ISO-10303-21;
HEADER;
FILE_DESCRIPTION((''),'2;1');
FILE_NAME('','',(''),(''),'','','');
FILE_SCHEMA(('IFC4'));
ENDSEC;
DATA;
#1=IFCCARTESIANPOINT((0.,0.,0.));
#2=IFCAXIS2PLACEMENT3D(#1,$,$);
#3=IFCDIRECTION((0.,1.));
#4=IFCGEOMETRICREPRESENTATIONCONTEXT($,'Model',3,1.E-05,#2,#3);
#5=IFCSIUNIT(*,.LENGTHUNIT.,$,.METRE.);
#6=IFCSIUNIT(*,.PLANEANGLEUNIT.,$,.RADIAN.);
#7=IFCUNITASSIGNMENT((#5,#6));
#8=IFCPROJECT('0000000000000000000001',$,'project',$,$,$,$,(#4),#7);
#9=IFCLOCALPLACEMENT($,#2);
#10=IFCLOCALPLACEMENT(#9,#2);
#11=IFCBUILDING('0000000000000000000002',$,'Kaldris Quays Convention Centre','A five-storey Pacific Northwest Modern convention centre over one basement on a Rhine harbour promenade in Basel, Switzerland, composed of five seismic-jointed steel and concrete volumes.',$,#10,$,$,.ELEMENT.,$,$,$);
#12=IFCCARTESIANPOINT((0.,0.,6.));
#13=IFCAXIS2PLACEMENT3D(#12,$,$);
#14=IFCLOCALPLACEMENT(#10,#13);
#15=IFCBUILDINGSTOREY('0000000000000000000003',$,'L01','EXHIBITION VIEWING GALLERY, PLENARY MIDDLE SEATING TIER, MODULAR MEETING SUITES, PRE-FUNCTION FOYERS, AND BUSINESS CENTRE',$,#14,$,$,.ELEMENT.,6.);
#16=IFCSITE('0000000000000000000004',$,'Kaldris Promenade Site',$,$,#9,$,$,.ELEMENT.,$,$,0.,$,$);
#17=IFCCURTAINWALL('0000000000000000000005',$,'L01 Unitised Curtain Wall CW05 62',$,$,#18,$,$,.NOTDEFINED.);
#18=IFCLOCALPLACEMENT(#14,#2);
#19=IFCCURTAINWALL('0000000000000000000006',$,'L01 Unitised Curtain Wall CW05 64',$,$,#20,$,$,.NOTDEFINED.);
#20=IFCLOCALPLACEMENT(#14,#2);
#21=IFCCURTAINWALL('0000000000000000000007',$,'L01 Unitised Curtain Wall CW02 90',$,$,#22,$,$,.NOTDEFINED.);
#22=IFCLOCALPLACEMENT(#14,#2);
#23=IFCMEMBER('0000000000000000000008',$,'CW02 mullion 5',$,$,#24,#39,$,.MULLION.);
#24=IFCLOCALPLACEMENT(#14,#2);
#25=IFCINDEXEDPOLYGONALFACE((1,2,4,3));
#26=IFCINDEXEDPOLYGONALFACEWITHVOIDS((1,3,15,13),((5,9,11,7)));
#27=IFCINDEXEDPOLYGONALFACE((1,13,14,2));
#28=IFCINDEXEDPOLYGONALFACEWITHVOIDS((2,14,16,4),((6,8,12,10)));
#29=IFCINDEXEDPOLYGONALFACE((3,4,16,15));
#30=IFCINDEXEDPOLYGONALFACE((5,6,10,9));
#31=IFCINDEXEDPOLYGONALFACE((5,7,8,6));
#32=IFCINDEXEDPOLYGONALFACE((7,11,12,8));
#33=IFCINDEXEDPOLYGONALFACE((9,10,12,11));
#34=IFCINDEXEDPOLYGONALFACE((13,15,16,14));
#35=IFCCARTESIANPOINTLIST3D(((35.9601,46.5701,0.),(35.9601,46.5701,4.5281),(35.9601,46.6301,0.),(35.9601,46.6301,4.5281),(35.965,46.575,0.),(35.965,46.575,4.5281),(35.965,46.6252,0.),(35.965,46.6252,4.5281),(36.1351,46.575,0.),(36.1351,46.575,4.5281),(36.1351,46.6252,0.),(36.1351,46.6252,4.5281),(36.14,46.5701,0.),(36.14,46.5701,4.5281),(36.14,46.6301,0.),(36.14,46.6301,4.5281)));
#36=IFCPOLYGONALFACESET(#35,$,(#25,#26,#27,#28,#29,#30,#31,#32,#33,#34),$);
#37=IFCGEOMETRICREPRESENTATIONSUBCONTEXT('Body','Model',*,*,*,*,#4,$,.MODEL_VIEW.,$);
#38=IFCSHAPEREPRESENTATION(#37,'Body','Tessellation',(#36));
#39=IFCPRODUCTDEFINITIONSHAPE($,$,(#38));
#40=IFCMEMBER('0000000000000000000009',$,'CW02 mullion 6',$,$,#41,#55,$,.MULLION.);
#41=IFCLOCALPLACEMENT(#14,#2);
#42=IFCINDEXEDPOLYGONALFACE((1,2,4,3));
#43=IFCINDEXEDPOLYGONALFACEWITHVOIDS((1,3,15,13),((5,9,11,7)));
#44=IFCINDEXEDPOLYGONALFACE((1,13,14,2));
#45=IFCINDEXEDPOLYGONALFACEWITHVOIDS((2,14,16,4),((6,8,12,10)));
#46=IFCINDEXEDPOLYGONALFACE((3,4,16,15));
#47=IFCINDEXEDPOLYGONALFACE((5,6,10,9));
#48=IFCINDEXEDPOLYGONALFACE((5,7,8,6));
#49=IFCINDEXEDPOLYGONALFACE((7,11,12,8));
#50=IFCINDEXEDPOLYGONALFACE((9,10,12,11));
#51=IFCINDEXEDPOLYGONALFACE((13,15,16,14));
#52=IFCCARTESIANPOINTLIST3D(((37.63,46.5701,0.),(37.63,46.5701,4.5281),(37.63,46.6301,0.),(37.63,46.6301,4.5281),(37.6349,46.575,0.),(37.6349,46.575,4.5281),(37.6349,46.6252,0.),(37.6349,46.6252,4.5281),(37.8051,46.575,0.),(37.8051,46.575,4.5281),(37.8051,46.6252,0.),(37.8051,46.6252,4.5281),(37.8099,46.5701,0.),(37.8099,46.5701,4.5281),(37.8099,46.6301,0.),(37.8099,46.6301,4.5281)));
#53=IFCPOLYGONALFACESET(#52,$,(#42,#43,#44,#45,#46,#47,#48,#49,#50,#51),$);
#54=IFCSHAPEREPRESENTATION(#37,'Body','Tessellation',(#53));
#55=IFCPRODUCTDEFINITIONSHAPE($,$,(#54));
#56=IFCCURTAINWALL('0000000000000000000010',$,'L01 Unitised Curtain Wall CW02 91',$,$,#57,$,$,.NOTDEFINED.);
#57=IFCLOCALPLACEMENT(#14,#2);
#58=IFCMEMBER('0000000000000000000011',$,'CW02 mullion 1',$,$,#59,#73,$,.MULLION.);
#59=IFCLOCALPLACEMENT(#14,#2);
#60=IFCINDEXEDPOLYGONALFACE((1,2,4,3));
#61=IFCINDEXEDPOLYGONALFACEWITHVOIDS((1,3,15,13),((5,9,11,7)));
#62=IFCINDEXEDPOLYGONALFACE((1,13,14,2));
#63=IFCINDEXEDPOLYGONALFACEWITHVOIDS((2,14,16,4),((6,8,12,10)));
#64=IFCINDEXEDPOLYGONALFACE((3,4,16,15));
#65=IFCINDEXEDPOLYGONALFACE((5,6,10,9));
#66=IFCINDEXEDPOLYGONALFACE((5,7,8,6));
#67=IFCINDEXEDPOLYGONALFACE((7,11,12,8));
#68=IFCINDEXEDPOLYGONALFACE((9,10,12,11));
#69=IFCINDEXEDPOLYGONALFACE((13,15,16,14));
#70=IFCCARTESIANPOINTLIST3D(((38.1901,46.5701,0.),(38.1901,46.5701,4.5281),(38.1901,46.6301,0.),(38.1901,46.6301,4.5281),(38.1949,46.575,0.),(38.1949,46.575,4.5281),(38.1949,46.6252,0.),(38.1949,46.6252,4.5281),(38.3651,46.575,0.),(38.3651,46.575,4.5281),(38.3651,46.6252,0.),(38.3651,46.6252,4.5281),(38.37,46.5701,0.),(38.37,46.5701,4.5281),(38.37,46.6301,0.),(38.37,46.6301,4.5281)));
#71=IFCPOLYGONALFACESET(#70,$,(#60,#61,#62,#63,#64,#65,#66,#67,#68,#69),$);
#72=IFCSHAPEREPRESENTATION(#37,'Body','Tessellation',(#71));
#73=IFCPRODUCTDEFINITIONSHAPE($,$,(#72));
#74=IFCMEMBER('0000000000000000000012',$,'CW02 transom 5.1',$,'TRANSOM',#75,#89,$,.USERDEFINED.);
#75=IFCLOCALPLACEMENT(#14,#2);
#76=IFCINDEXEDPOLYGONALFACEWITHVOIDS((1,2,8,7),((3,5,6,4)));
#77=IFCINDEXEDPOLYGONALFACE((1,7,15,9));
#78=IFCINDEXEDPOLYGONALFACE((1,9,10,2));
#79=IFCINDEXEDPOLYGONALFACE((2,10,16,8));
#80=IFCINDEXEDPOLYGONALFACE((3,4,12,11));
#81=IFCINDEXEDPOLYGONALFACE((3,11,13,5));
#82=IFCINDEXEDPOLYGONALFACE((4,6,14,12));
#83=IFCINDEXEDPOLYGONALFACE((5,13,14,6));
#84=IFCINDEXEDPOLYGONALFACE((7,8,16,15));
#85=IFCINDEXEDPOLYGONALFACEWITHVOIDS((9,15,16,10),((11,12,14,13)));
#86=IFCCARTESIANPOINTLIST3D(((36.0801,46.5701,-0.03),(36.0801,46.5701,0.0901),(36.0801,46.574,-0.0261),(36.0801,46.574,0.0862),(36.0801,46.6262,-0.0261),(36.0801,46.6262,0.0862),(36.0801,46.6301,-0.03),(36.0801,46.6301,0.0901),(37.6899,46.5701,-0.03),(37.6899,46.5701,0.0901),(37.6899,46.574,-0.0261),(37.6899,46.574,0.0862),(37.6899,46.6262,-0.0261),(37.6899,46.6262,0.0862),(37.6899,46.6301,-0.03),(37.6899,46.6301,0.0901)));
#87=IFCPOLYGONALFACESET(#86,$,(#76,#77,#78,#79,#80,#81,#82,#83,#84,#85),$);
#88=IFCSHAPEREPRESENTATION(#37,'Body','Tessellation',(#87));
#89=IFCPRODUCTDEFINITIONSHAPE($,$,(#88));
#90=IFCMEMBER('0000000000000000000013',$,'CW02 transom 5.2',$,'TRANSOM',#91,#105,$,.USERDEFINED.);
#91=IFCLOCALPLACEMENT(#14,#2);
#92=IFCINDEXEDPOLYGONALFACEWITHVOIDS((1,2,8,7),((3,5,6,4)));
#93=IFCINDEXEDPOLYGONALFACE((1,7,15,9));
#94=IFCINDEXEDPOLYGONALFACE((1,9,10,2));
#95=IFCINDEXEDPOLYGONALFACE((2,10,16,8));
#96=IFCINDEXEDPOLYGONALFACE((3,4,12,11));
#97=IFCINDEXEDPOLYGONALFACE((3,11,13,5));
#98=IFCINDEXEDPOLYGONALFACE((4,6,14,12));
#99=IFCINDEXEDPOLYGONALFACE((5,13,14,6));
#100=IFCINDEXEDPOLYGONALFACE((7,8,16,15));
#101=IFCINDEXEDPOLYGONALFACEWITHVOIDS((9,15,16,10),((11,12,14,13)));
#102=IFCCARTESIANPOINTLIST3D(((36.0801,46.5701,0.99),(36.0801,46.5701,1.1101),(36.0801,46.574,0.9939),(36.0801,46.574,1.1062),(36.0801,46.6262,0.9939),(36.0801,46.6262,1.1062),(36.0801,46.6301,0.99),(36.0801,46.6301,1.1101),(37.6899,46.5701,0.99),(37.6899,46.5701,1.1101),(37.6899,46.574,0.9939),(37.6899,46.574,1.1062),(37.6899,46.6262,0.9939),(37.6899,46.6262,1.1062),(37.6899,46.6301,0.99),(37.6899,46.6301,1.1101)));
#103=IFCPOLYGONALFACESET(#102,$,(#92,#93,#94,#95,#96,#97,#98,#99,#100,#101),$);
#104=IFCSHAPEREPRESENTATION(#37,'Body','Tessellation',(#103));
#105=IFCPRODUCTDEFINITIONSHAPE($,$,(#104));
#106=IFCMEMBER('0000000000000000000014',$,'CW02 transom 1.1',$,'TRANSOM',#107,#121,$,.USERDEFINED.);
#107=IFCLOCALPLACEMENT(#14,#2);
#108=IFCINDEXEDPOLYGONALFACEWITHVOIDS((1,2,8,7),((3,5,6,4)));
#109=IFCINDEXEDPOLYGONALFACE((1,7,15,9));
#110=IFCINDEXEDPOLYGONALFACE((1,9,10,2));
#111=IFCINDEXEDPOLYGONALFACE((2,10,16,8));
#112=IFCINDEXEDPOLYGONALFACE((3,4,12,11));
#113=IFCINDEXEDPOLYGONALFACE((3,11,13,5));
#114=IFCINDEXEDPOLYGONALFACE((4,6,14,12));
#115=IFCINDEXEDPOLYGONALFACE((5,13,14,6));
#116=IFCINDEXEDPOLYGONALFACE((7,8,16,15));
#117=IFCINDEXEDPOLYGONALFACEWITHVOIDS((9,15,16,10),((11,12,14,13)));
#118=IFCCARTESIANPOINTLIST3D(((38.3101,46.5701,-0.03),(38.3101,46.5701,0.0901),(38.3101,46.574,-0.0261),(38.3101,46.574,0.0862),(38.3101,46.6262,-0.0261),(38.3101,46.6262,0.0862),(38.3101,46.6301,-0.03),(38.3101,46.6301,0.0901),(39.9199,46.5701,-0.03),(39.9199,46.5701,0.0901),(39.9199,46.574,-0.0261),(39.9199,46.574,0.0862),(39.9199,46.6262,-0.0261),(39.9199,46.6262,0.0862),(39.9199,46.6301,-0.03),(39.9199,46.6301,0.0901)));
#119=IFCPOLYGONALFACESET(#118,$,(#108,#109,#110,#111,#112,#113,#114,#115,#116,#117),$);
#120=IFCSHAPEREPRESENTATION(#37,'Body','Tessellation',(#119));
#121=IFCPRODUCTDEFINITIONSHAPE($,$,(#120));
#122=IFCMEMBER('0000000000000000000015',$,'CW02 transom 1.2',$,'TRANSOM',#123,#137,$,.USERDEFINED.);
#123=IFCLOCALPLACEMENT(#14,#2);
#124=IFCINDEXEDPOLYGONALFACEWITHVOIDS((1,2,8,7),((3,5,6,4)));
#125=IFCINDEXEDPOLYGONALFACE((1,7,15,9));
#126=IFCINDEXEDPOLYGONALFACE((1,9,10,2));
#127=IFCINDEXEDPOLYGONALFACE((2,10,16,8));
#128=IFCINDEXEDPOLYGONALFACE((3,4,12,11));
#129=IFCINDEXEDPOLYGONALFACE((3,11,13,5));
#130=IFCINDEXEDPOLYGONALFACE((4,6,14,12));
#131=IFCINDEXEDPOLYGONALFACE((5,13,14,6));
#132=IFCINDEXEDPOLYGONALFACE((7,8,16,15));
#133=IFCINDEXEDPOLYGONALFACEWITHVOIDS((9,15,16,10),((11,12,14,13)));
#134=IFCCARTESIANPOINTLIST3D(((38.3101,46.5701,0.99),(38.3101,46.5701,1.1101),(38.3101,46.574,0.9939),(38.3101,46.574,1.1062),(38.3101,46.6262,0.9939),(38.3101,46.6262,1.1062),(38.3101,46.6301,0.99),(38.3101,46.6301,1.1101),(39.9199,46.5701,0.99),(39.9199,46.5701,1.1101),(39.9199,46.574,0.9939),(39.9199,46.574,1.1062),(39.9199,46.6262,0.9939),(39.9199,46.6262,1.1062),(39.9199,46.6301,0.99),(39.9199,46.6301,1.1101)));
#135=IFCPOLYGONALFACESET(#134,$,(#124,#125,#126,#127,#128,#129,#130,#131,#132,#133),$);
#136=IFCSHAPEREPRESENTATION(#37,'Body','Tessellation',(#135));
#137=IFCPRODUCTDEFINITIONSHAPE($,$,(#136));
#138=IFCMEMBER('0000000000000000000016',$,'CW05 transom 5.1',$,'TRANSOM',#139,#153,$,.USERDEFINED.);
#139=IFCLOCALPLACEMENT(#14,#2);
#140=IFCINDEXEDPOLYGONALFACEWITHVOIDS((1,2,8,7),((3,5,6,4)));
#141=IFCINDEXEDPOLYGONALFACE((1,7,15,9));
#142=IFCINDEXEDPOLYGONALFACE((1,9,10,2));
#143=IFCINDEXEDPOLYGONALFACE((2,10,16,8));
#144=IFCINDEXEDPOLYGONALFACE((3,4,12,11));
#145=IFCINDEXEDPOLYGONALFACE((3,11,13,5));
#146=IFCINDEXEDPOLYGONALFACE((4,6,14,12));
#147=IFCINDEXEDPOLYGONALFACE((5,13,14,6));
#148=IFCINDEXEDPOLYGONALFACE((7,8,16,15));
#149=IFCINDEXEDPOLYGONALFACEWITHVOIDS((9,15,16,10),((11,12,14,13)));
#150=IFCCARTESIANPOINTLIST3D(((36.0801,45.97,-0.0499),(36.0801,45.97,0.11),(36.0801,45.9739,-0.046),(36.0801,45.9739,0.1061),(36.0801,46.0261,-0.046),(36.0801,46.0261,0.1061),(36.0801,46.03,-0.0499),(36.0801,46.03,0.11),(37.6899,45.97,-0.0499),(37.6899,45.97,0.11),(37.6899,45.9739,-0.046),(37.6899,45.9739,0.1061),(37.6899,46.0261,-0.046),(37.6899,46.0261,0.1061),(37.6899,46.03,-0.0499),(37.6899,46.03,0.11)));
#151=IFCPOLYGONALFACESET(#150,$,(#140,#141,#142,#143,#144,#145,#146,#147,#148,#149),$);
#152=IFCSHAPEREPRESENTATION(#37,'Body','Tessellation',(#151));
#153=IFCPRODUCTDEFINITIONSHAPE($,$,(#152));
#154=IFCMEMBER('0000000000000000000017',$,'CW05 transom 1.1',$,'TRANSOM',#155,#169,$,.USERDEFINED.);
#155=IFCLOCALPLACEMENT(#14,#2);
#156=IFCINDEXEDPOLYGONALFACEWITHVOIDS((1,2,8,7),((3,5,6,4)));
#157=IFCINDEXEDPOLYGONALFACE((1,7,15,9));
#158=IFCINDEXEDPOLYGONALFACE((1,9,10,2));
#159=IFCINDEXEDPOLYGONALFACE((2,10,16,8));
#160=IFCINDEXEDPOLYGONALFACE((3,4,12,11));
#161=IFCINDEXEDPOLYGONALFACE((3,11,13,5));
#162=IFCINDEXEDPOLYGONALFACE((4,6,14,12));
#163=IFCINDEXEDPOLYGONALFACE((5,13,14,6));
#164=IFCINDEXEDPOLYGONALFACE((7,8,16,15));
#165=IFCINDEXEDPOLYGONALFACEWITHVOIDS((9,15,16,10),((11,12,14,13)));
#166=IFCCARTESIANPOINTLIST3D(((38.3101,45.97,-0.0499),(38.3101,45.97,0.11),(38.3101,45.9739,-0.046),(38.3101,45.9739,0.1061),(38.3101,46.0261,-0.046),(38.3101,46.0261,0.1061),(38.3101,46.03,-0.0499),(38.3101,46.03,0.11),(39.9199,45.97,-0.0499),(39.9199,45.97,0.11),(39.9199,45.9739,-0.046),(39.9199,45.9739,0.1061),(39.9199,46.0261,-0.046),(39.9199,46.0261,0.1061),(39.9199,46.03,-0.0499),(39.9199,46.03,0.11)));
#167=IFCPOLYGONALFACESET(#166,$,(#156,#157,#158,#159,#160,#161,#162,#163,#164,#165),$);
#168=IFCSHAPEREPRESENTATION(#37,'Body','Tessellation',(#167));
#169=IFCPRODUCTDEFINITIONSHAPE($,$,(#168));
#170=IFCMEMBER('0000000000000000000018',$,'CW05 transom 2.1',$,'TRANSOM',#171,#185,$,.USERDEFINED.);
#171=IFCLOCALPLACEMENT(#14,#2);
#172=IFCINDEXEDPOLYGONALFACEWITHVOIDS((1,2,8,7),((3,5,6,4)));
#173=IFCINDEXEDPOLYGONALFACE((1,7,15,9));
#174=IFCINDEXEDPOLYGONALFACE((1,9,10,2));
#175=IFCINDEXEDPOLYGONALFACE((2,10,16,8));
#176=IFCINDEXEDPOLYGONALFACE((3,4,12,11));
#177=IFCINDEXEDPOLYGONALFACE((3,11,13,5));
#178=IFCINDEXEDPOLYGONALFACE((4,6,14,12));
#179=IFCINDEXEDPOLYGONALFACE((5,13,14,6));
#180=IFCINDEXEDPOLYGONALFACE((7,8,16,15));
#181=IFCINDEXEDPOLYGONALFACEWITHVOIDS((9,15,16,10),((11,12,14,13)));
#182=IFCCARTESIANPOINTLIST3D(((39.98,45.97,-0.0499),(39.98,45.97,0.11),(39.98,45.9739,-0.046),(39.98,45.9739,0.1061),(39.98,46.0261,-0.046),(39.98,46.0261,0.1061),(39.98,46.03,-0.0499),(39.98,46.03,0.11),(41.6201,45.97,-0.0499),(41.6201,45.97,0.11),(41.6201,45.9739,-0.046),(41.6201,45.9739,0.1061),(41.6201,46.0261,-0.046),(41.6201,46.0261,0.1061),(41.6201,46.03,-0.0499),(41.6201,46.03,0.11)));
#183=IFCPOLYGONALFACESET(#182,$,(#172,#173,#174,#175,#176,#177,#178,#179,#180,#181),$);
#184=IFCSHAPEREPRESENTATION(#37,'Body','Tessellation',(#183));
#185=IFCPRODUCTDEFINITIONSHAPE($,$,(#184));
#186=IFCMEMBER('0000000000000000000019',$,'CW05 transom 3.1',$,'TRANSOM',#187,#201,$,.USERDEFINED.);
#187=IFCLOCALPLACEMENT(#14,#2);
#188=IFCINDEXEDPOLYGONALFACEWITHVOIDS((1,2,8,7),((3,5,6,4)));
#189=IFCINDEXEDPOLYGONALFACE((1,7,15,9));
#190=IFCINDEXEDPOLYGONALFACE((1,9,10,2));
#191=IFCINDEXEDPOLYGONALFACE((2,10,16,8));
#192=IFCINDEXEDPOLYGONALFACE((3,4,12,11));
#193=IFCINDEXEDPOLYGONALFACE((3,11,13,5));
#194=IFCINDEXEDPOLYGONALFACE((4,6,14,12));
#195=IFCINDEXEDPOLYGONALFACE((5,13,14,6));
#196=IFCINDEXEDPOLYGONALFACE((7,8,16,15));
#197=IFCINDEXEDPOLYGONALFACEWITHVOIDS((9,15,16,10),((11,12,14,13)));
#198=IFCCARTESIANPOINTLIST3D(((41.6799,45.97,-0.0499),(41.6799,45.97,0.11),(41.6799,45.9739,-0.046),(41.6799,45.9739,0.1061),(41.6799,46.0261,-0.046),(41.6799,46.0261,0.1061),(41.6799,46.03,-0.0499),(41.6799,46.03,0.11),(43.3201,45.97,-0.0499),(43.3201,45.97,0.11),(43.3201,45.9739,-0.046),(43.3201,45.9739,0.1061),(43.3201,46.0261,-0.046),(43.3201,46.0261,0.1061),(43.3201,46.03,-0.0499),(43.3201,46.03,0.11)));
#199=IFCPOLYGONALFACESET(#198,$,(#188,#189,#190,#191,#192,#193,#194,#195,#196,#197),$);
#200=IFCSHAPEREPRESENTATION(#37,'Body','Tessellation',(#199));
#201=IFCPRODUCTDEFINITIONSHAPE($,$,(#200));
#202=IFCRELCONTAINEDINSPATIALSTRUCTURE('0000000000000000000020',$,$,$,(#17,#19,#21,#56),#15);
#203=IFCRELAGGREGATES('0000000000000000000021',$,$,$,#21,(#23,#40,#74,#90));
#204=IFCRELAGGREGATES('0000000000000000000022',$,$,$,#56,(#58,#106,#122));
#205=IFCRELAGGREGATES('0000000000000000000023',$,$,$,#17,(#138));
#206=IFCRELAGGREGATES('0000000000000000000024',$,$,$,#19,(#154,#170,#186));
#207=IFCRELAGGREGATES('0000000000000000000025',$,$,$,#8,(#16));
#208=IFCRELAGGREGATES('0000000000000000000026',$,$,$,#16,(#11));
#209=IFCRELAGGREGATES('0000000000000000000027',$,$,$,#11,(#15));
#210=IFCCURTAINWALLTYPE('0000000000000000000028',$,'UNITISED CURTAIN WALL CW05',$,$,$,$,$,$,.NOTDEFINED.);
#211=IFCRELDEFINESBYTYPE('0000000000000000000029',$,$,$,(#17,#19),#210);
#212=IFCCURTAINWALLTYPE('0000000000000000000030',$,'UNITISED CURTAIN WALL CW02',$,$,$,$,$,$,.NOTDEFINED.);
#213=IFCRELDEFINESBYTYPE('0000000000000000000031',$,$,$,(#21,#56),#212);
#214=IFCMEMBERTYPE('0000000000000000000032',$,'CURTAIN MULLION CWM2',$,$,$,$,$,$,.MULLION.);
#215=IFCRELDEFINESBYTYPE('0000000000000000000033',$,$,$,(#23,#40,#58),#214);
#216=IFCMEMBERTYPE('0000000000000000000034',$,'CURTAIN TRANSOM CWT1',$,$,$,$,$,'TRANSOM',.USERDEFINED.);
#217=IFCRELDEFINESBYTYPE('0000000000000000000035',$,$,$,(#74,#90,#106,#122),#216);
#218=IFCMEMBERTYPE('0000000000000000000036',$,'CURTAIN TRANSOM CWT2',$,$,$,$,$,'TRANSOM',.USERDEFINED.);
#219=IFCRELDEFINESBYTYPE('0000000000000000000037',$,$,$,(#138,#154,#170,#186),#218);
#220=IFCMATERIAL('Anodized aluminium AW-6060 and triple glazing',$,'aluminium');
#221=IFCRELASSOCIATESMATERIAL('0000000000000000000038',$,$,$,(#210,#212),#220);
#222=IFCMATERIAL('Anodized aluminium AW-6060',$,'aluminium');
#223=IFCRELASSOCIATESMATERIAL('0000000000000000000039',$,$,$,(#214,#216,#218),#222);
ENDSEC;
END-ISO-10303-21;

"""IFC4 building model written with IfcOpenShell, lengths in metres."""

from ifc_helpers import new_model, si_unit, direction, frame, origin, origin_2d, place, context, subcontext, project, spatial, hollow_rectangle, extrude, material, material_profile, profile_set, type_object, element, aggregate, save


model = new_model("IFC4")

# Units and contexts
model_context = context("Model", 3, precision=1e-05, world=origin(), true_north=direction((0.0, 1.0)))
body_context = subcontext(model_context, "Body", "Model", "MODEL_VIEW")
ifc_project = project(units=[si_unit("LENGTHUNIT", "METRE"), si_unit("PLANEANGLEUNIT", "RADIAN")], contexts=[model_context])

# Site, building, storey
site_placement = place(None, origin())
site = spatial("IfcSite", under=ifc_project, at=site_placement, Name="Kaldris Promenade Site", CompositionType="ELEMENT", RefElevation=0.0)
building_placement = place(site_placement, origin())
building = spatial("IfcBuilding", under=site, at=building_placement, Name="Kaldris Quays Convention Centre", Description="A five-storey Pacific Northwest Modern convention centre over one basement on a Rhine harbour promenade in Basel, Switzerland, composed of five seismic-jointed steel and concrete volumes.", CompositionType="ELEMENT")
storey_placement = place(building_placement, frame((0.0, 0.0, 6.0)))
storey = spatial("IfcBuildingStorey", under=building, at=storey_placement, Name="L01", Description="EXHIBITION VIEWING GALLERY, PLENARY MIDDLE SEATING TIER, MODULAR MEETING SUITES, PRE-FUNCTION FOYERS, AND BUSINESS CENTRE", CompositionType="ELEMENT", Elevation=6.0)

# Curtain walls, members
ifc_material_1 = material(Name="Anodized aluminium AW-6060 and triple glazing", Category="aluminium")
curtain_wall_type_1 = type_object("IfcCurtainWallType", Name="UNITISED CURTAIN WALL CW05", PredefinedType="NOTDEFINED", material=ifc_material_1)
curtain_wall_1_placement = place(storey_placement, origin())
curtain_wall_1 = element("IfcCurtainWall", 1, at=curtain_wall_1_placement, inside=storey, type_object=curtain_wall_type_1, Name="L01 Unitised Curtain Wall CW05 62", PredefinedType="NOTDEFINED")
ifc_material_2 = material(Name="Anodized aluminium AW-6060", Category="aluminium")
curtain_wall_2_placement = place(storey_placement, origin())
curtain_wall_2 = element("IfcCurtainWall", 2, at=curtain_wall_2_placement, inside=storey, type_object=curtain_wall_type_1, Name="L01 Unitised Curtain Wall CW05 64", PredefinedType="NOTDEFINED")
curtain_wall_type_2 = type_object("IfcCurtainWallType", Name="UNITISED CURTAIN WALL CW02", PredefinedType="NOTDEFINED", material=ifc_material_1)
curtain_wall_3_placement = place(storey_placement, origin())
curtain_wall_3 = element("IfcCurtainWall", 3, at=curtain_wall_3_placement, inside=storey, type_object=curtain_wall_type_2, Name="L01 Unitised Curtain Wall CW02 90", PredefinedType="NOTDEFINED")
ifc_material_profile_1 = material_profile(ifc_material_2, hollow_rectangle(XDim=0.0601, YDim=0.1799, WallThickness=0.0049, at=origin_2d()), Name="RHS 180x60x5")
ifc_profile_set_1 = profile_set([ifc_material_profile_1], Name="Anodized aluminium AW-6060")
member_type_1 = type_object("IfcMemberType", Name="CURTAIN MULLION CWM2", PredefinedType="MULLION", material=ifc_profile_set_1)
member_1_placement = place(storey_placement, frame((36.05, 46.6001, 0.0), z_axis=(0.0, 0.0, 1.0), x_axis=(0.0, 1.0, 0.0)))
member_1 = element("IfcMember", 4, at=member_1_placement, type_object=member_type_1, Name="CW02 mullion 5", PredefinedType="MULLION", context=body_context, shape_type="SweptSolid", body=[
    extrude(hollow_rectangle(XDim=0.0601, YDim=0.1799, WallThickness=0.0049, at=origin_2d()), origin(), (0.0, 0.0, 1.0), 4.5281),
])
member_2_placement = place(storey_placement, frame((37.72, 46.6001, 0.0), z_axis=(0.0, 0.0, 1.0), x_axis=(0.0, 1.0, 0.0)))
member_2 = element("IfcMember", 5, at=member_2_placement, type_object=member_type_1, Name="CW02 mullion 6", PredefinedType="MULLION", context=body_context, shape_type="SweptSolid", body=[
    extrude(hollow_rectangle(XDim=0.0601, YDim=0.1799, WallThickness=0.0049, at=origin_2d()), origin(), (0.0, 0.0, 1.0), 4.5281),
])

# Curtain wall, member
curtain_wall_4_placement = place(storey_placement, origin())
curtain_wall_4 = element("IfcCurtainWall", 6, at=curtain_wall_4_placement, inside=storey, type_object=curtain_wall_type_2, Name="L01 Unitised Curtain Wall CW02 91", PredefinedType="NOTDEFINED")
member_3_placement = place(storey_placement, frame((38.28, 46.6001, 0.0), z_axis=(0.0, 0.0, 1.0), x_axis=(0.0, 1.0, 0.0)))
member_3 = element("IfcMember", 7, at=member_3_placement, type_object=member_type_1, Name="CW02 mullion 1", PredefinedType="MULLION", context=body_context, shape_type="SweptSolid", body=[
    extrude(hollow_rectangle(XDim=0.0601, YDim=0.1799, WallThickness=0.0049, at=origin_2d()), origin(), (0.0, 0.0, 1.0), 4.5281),
])

# Members
ifc_material_profile_2 = material_profile(ifc_material_2, hollow_rectangle(XDim=0.0601, YDim=0.1201, WallThickness=0.0039, at=origin_2d()), Name="RHS 120x60x4")
ifc_profile_set_2 = profile_set([ifc_material_profile_2], Name="Anodized aluminium AW-6060")
member_type_2 = type_object("IfcMemberType", Name="CURTAIN TRANSOM CWT1", ElementType="TRANSOM", PredefinedType="USERDEFINED", material=ifc_profile_set_2)
member_4_placement = place(storey_placement, frame((36.0801, 46.6001, 0.03), z_axis=(1.0, 0.0, 0.0), x_axis=(0.0, 1.0, 0.0)))
member_4 = element("IfcMember", 8, at=member_4_placement, type_object=member_type_2, Name="CW02 transom 5.1", ObjectType="TRANSOM", PredefinedType="USERDEFINED", context=body_context, shape_type="SweptSolid", body=[
    extrude(hollow_rectangle(XDim=0.0601, YDim=0.1201, WallThickness=0.0039, at=origin_2d()), origin(), (0.0, 0.0, 1.0), 1.6099),
])
member_5_placement = place(storey_placement, frame((36.0801, 46.6001, 1.05), z_axis=(1.0, 0.0, 0.0), x_axis=(0.0, 1.0, 0.0)))
member_5 = element("IfcMember", 9, at=member_5_placement, type_object=member_type_2, Name="CW02 transom 5.2", ObjectType="TRANSOM", PredefinedType="USERDEFINED", context=body_context, shape_type="SweptSolid", body=[
    extrude(hollow_rectangle(XDim=0.0601, YDim=0.1201, WallThickness=0.0039, at=origin_2d()), origin(), (0.0, 0.0, 1.0), 1.6099),
])
member_6_placement = place(storey_placement, frame((38.3101, 46.6001, 0.03), z_axis=(1.0, 0.0, 0.0), x_axis=(0.0, 1.0, 0.0)))
member_6 = element("IfcMember", 10, at=member_6_placement, type_object=member_type_2, Name="CW02 transom 1.1", ObjectType="TRANSOM", PredefinedType="USERDEFINED", context=body_context, shape_type="SweptSolid", body=[
    extrude(hollow_rectangle(XDim=0.0601, YDim=0.1201, WallThickness=0.0039, at=origin_2d()), origin(), (0.0, 0.0, 1.0), 1.6099),
])
member_7_placement = place(storey_placement, frame((38.3101, 46.6001, 1.05), z_axis=(1.0, 0.0, 0.0), x_axis=(0.0, 1.0, 0.0)))
member_7 = element("IfcMember", 11, at=member_7_placement, type_object=member_type_2, Name="CW02 transom 1.2", ObjectType="TRANSOM", PredefinedType="USERDEFINED", context=body_context, shape_type="SweptSolid", body=[
    extrude(hollow_rectangle(XDim=0.0601, YDim=0.1201, WallThickness=0.0039, at=origin_2d()), origin(), (0.0, 0.0, 1.0), 1.6099),
])
ifc_material_profile_3 = material_profile(ifc_material_2, hollow_rectangle(XDim=0.0601, YDim=0.1599, WallThickness=0.0039, at=origin_2d()), Name="RHS 160x60x4")
ifc_profile_set_3 = profile_set([ifc_material_profile_3], Name="Anodized aluminium AW-6060")
member_type_3 = type_object("IfcMemberType", Name="CURTAIN TRANSOM CWT2", ElementType="TRANSOM", PredefinedType="USERDEFINED", material=ifc_profile_set_3)
member_8_placement = place(storey_placement, frame((36.0801, 46.0, 0.03), z_axis=(1.0, 0.0, 0.0), x_axis=(0.0, 1.0, 0.0)))
member_8 = element("IfcMember", 12, at=member_8_placement, type_object=member_type_3, Name="CW05 transom 5.1", ObjectType="TRANSOM", PredefinedType="USERDEFINED", context=body_context, shape_type="SweptSolid", body=[
    extrude(hollow_rectangle(XDim=0.0601, YDim=0.1599, WallThickness=0.0039, at=origin_2d()), origin(), (0.0, 0.0, 1.0), 1.6099),
])
member_9_placement = place(storey_placement, frame((38.3101, 46.0, 0.03), z_axis=(1.0, 0.0, 0.0), x_axis=(0.0, 1.0, 0.0)))
member_9 = element("IfcMember", 13, at=member_9_placement, type_object=member_type_3, Name="CW05 transom 1.1", ObjectType="TRANSOM", PredefinedType="USERDEFINED", context=body_context, shape_type="SweptSolid", body=[
    extrude(hollow_rectangle(XDim=0.0601, YDim=0.1599, WallThickness=0.0039, at=origin_2d()), origin(), (0.0, 0.0, 1.0), 1.6099),
])
member_10_placement = place(storey_placement, frame((39.98, 46.0, 0.03), z_axis=(1.0, 0.0, 0.0), x_axis=(0.0, 1.0, 0.0)))
member_10 = element("IfcMember", 14, at=member_10_placement, type_object=member_type_3, Name="CW05 transom 2.1", ObjectType="TRANSOM", PredefinedType="USERDEFINED", context=body_context, shape_type="SweptSolid", body=[
    extrude(hollow_rectangle(XDim=0.0601, YDim=0.1599, WallThickness=0.0039, at=origin_2d()), origin(), (0.0, 0.0, 1.0), 1.6401),
])
member_11_placement = place(storey_placement, frame((41.6799, 46.0, 0.03), z_axis=(1.0, 0.0, 0.0), x_axis=(0.0, 1.0, 0.0)))
member_11 = element("IfcMember", 15, at=member_11_placement, type_object=member_type_3, Name="CW05 transom 3.1", ObjectType="TRANSOM", PredefinedType="USERDEFINED", context=body_context, shape_type="SweptSolid", body=[
    extrude(hollow_rectangle(XDim=0.0601, YDim=0.1599, WallThickness=0.0039, at=origin_2d()), origin(), (0.0, 0.0, 1.0), 1.6401),
])

aggregate(curtain_wall_3, [member_1, member_2, member_4, member_5])
aggregate(curtain_wall_4, [member_3, member_6, member_7])
aggregate(curtain_wall_1, [member_8])
aggregate(curtain_wall_2, [member_9, member_10, member_11])

save(model, "model.ifc")
